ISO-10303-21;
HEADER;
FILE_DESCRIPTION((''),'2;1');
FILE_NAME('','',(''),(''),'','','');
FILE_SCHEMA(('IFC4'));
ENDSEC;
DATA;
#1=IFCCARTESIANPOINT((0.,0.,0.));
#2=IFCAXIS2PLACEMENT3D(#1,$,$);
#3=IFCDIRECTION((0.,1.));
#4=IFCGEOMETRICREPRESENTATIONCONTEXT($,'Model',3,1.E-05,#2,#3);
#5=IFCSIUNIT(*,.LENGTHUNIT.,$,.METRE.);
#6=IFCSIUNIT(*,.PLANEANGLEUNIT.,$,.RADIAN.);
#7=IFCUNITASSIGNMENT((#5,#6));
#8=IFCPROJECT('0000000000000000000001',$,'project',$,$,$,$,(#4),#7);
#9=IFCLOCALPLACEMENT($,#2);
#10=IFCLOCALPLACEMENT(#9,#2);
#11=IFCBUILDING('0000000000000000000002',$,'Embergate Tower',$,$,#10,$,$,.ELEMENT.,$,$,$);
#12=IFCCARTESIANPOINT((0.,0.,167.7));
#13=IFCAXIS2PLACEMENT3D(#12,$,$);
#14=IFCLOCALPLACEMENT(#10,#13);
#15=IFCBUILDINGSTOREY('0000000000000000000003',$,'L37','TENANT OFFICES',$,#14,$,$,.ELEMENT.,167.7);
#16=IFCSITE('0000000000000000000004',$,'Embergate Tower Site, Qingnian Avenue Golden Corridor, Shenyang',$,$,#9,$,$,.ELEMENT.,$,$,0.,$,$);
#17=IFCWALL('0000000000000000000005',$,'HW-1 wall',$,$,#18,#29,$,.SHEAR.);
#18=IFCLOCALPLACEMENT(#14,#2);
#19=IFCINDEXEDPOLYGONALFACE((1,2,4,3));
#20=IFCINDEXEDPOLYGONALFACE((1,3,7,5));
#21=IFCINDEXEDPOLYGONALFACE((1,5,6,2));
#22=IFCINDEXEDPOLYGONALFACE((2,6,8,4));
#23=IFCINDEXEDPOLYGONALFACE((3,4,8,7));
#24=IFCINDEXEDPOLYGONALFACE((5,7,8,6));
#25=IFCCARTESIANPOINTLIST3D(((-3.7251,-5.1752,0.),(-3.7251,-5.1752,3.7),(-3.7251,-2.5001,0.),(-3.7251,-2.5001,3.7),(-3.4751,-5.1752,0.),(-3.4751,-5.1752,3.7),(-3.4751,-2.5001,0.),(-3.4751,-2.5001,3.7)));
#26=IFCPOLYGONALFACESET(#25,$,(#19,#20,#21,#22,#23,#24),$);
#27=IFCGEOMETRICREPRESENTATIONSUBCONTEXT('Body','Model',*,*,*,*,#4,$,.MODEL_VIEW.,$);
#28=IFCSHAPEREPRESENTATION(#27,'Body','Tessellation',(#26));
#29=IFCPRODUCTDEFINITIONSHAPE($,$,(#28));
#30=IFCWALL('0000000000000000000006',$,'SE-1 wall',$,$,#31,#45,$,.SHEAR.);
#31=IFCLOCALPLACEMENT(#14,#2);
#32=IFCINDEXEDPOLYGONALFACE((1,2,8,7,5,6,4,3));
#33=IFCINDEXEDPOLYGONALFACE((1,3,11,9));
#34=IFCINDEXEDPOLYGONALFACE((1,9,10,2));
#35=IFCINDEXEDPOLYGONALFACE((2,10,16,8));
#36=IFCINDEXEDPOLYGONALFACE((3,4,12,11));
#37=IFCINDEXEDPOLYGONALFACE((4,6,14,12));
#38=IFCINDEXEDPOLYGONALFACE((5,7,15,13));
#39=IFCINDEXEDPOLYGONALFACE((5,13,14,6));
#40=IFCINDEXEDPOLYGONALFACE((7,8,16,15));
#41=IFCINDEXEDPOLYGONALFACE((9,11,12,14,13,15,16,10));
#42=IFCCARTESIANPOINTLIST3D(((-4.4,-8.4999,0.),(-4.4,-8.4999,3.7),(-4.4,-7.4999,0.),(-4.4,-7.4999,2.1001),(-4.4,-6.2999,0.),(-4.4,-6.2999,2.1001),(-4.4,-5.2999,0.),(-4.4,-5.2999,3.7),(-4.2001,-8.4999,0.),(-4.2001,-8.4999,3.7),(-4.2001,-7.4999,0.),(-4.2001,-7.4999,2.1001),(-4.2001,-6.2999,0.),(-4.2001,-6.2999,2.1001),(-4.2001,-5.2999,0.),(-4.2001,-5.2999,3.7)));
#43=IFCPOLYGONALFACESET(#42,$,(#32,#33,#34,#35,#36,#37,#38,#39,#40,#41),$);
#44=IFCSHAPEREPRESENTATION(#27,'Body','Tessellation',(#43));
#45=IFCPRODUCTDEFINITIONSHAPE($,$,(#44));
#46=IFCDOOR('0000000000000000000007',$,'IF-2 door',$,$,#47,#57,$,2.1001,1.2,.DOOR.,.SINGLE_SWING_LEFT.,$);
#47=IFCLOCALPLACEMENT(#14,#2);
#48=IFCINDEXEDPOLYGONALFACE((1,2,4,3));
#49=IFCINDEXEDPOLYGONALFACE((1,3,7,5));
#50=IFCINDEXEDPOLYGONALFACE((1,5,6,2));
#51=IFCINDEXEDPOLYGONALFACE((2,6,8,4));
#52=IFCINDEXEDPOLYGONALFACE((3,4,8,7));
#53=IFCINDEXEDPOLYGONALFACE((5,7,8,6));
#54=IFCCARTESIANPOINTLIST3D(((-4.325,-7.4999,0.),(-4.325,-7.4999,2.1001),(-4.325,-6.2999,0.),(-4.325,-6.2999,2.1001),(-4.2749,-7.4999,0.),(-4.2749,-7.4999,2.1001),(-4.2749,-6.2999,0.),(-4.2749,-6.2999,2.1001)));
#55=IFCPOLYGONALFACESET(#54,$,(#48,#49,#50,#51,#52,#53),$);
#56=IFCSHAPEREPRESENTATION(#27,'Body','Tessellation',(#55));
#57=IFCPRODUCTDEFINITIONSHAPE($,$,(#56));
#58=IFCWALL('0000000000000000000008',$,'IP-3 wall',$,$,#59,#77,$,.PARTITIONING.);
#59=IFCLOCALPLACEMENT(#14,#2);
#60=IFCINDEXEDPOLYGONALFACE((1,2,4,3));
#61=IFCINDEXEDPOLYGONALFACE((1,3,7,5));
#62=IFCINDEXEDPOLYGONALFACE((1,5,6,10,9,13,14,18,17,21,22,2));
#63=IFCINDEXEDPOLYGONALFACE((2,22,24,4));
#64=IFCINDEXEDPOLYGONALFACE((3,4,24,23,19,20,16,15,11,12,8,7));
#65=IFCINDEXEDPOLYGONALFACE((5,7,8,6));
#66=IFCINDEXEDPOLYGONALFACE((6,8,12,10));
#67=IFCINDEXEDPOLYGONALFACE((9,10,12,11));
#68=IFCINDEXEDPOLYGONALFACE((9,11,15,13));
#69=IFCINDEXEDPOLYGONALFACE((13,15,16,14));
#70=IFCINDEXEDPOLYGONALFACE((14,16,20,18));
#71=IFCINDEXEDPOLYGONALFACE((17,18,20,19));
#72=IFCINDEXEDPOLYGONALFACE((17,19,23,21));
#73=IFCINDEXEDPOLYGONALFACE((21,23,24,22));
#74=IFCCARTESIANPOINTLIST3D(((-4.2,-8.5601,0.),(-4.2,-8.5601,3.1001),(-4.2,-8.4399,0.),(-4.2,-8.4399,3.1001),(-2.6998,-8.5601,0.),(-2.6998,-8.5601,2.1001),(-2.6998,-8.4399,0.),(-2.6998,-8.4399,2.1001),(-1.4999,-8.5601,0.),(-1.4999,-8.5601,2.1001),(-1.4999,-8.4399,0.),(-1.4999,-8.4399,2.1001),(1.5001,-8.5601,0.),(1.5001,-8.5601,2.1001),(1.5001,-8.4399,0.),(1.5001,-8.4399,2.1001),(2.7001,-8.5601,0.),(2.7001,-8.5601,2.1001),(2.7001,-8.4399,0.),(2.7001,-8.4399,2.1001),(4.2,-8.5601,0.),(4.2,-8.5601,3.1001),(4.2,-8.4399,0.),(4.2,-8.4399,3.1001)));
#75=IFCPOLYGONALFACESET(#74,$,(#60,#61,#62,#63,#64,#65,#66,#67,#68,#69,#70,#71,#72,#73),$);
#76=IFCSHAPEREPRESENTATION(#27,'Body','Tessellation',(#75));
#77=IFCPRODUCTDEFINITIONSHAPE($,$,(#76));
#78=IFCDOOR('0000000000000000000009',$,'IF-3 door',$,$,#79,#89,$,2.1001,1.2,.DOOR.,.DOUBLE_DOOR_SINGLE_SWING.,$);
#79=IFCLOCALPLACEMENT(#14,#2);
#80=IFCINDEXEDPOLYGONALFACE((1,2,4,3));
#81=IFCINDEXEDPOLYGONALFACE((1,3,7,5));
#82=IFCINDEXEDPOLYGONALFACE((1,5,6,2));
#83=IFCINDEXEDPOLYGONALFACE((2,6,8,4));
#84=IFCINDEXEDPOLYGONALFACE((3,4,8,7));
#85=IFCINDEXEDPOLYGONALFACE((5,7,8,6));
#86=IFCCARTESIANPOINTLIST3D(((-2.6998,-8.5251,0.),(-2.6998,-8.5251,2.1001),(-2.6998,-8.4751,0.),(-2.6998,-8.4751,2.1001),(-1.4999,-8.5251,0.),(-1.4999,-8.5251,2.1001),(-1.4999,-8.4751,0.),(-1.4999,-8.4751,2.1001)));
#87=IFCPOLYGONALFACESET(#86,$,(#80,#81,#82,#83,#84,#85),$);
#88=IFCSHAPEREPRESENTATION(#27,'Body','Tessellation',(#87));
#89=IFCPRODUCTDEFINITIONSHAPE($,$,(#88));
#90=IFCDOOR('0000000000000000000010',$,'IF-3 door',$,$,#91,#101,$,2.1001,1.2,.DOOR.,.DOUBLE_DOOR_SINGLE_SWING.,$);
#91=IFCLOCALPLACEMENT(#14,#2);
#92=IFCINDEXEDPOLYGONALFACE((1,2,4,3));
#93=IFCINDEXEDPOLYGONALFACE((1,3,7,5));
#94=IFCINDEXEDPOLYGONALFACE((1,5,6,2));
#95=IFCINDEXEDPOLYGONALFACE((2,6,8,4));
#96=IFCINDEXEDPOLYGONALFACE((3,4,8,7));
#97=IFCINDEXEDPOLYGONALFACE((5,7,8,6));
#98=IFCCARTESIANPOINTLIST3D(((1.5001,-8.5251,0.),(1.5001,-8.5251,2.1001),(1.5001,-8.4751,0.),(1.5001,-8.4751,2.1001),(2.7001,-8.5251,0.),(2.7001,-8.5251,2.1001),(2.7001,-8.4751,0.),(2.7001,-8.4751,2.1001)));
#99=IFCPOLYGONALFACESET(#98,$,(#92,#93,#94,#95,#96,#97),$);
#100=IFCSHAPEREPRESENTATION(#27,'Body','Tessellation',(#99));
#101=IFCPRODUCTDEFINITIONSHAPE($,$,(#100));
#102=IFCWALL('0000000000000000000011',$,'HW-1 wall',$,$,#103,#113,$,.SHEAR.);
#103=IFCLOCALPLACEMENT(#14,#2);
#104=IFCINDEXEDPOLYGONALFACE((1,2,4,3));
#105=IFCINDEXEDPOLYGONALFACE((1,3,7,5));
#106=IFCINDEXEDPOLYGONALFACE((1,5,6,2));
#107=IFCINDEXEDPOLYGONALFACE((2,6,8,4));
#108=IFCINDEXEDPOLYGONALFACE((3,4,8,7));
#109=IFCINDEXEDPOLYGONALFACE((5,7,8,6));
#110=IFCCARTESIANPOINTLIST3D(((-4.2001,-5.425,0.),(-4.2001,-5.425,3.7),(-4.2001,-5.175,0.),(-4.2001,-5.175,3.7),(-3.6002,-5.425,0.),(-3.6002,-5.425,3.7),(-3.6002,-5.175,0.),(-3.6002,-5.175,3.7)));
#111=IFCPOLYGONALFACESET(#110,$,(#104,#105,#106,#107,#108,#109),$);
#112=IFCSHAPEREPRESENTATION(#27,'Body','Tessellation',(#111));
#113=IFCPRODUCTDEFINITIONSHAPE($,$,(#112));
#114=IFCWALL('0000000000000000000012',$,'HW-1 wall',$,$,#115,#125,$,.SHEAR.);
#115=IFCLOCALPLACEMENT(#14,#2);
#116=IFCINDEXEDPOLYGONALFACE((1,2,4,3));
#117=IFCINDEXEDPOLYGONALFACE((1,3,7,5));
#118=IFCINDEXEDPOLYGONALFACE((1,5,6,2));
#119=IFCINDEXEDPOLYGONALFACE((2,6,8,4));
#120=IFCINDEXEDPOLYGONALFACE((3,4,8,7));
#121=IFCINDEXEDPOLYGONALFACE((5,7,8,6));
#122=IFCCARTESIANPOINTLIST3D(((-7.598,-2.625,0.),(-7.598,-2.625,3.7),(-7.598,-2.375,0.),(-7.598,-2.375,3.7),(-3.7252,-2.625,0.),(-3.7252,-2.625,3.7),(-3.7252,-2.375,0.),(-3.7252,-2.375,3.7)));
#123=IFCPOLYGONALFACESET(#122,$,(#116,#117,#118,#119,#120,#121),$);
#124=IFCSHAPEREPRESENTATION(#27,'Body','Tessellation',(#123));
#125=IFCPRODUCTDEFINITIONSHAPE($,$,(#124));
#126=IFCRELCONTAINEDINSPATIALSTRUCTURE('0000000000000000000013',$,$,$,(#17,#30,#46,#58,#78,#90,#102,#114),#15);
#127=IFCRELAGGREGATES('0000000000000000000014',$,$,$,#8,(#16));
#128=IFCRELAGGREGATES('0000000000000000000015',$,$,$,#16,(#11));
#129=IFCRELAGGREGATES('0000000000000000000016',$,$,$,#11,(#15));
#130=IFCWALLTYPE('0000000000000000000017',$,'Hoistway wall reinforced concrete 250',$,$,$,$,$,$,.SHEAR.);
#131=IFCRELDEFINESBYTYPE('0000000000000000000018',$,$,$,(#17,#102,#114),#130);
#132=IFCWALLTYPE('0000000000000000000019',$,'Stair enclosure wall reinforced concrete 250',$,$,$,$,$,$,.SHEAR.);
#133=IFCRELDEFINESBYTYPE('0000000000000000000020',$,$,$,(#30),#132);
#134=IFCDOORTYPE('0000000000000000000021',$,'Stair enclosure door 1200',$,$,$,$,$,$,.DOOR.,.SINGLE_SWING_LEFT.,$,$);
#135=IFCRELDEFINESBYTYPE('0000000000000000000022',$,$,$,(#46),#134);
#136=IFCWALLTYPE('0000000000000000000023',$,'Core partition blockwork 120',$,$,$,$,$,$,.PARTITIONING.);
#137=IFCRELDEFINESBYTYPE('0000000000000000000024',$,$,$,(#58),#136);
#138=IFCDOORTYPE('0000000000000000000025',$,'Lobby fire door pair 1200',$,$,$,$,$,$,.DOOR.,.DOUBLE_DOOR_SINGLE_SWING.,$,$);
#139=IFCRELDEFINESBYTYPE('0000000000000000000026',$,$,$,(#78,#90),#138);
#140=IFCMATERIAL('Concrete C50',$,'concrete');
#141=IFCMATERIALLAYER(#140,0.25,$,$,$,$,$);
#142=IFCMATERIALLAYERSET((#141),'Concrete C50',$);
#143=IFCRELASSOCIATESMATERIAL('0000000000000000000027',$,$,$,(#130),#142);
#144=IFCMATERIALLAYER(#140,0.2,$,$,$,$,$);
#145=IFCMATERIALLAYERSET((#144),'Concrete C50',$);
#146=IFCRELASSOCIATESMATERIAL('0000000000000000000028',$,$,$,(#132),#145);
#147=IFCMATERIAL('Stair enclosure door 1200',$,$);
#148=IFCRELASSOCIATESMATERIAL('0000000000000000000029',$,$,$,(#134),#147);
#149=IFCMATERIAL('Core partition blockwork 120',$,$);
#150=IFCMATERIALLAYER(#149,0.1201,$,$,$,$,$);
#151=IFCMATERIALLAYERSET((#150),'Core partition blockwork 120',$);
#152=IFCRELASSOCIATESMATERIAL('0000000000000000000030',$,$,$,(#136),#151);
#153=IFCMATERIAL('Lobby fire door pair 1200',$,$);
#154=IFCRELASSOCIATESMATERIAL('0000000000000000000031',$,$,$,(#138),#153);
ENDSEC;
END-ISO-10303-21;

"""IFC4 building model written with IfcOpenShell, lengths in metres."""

from ifc_helpers import new_model, si_unit, direction, frame, frame_2d, origin, place, context, subcontext, project, spatial, rectangle, extrude, source, transform, mapped, material, layer, layer_set, type_object, element, fill, save


model = new_model("IFC4")

# Units and contexts
model_context = context("Model", 3, precision=1e-05, world=origin(), true_north=direction((0.0, 1.0)))
body_context = subcontext(model_context, "Body", "Model", "MODEL_VIEW")
ifc_project = project(units=[si_unit("LENGTHUNIT", "METRE"), si_unit("PLANEANGLEUNIT", "RADIAN")], contexts=[model_context])

# Site, building, storey
site_placement = place(None, origin())
site = spatial("IfcSite", under=ifc_project, at=site_placement, Name="Embergate Tower Site, Qingnian Avenue Golden Corridor, Shenyang", CompositionType="ELEMENT", RefElevation=0.0)
building_placement = place(site_placement, origin())
building = spatial("IfcBuilding", under=site, at=building_placement, Name="Embergate Tower", CompositionType="ELEMENT")
storey_placement = place(building_placement, frame((0.0, 0.0, 167.7)))
storey = spatial("IfcBuildingStorey", under=building, at=storey_placement, Name="L37", Description="TENANT OFFICES", CompositionType="ELEMENT", Elevation=167.7)

# Wall
ifc_material_1 = material(Name="Concrete C50", Category="concrete")
ifc_layer_1 = layer(ifc_material_1, 0.25)
ifc_layer_set_1 = layer_set([ifc_layer_1], Name="Concrete C50")
wall_type_1 = type_object("IfcWallType", Name="Hoistway wall reinforced concrete 250", PredefinedType="SHEAR", material=ifc_layer_set_1)
shared_shape_1 = source(origin(), body_context, "Body", "SweptSolid", [
    extrude(rectangle(XDim=2.675, YDim=0.25, at=frame_2d((1.3374, 0.0))), origin(), (0.0, 0.0, 1.0), 3.7),
])
wall_1_placement = place(storey_placement, frame((-3.6001, -5.175, 0.0), z_axis=(0.0, 0.0, 1.0), x_axis=(0.0, 1.0, 0.0)))
element("IfcWall", 1, at=wall_1_placement, inside=storey, type_object=wall_type_1, Name="HW-1 wall", PredefinedType="SHEAR", context=body_context, shape_type="MappedRepresentation", body=[
    mapped(shared_shape_1, transform((0.0, 0.0, 0.0))),
])

# Wall, opening, door
ifc_layer_2 = layer(ifc_material_1, 0.2)
ifc_layer_set_2 = layer_set([ifc_layer_2], Name="Concrete C50")
wall_type_2 = type_object("IfcWallType", Name="Stair enclosure wall reinforced concrete 250", PredefinedType="SHEAR", material=ifc_layer_set_2)
shared_shape_2 = source(origin(), body_context, "Body", "SweptSolid", [
    extrude(rectangle(XDim=3.2, YDim=0.2, at=frame_2d((1.6001, 0.0))), origin(), (0.0, 0.0, 1.0), 3.7),
])
wall_2_placement = place(storey_placement, frame((-4.3, -8.5, 0.0), z_axis=(0.0, 0.0, 1.0), x_axis=(0.0, 1.0, 0.0)))
wall_2 = element("IfcWall", 2, at=wall_2_placement, inside=storey, type_object=wall_type_2, Name="SE-1 wall", PredefinedType="SHEAR", context=body_context, shape_type="MappedRepresentation", body=[
    mapped(shared_shape_2, transform((0.0, 0.0, 0.0))),
])
shared_shape_3 = source(origin(), body_context, "Body", "SweptSolid", [
    extrude(rectangle(XDim=1.2, YDim=2.1001, at=frame_2d((0.6001, 1.05))), frame((0.0, 0.1099, 0.0), z_axis=(0.0, -1.0, 0.0), x_axis=(1.0, 0.0, 0.0)), (0.0, 0.0, 1.0), 0.22),
])
opening_1_placement = place(wall_2_placement, frame((1.0, 0.0, 0.0)))
opening_1 = element("IfcOpeningElement", 3, at=opening_1_placement, cuts=wall_2, PredefinedType="OPENING", context=body_context, shape_type="MappedRepresentation", body=[
    mapped(shared_shape_3, transform((0.0, 0.0, 0.0))),
])
ifc_material_2 = material(Name="Stair enclosure door 1200")
door_type_1 = type_object("IfcDoorType", Name="Stair enclosure door 1200", OperationType="SINGLE_SWING_LEFT", PredefinedType="DOOR", material=ifc_material_2)
shared_shape_4 = source(origin(), body_context, "Body", "SweptSolid", [
    extrude(rectangle(XDim=1.2, YDim=2.1001, at=frame_2d((0.6001, 1.05))), frame((0.0, 0.0249, 0.0), z_axis=(0.0, -1.0, 0.0), x_axis=(1.0, 0.0, 0.0)), (0.0, 0.0, 1.0), 0.05),
])
door_1_placement = place(opening_1_placement, origin())
door_1 = element("IfcDoor", 4, at=door_1_placement, inside=storey, type_object=door_type_1, Name="IF-2 door", OperationType="SINGLE_SWING_LEFT", OverallHeight=2.1001, OverallWidth=1.2, PredefinedType="DOOR", context=body_context, shape_type="MappedRepresentation", body=[
    mapped(shared_shape_4, transform((0.0, 0.0, 0.0))),
])
fill(opening_1, door_1)

# Wall, openings, doors
ifc_material_3 = material(Name="Core partition blockwork 120")
ifc_layer_3 = layer(ifc_material_3, 0.1201)
ifc_layer_set_3 = layer_set([ifc_layer_3], Name="Core partition blockwork 120")
wall_type_3 = type_object("IfcWallType", Name="Core partition blockwork 120", PredefinedType="PARTITIONING", material=ifc_layer_set_3)
shared_shape_5 = source(origin(), body_context, "Body", "SweptSolid", [
    extrude(rectangle(XDim=8.3999, YDim=0.1201, at=frame_2d((4.2, 0.0))), origin(), (0.0, 0.0, 1.0), 3.1001),
])
wall_3_placement = place(storey_placement, frame((-4.2, -8.5, 0.0), z_axis=(0.0, 0.0, 1.0), x_axis=(1.0, 0.0, 0.0)))
wall_3 = element("IfcWall", 5, at=wall_3_placement, inside=storey, type_object=wall_type_3, Name="IP-3 wall", PredefinedType="PARTITIONING", context=body_context, shape_type="MappedRepresentation", body=[
    mapped(shared_shape_5, transform((0.0, 0.0, 0.0))),
])
shared_shape_6 = source(origin(), body_context, "Body", "SweptSolid", [
    extrude(rectangle(XDim=1.2, YDim=2.1001, at=frame_2d((0.6001, 1.05))), frame((0.0, 0.0701, 0.0), z_axis=(0.0, -1.0, 0.0), x_axis=(1.0, 0.0, 0.0)), (0.0, 0.0, 1.0), 0.1401),
])
opening_2_placement = place(wall_3_placement, frame((1.5, 0.0, 0.0)))
opening_2 = element("IfcOpeningElement", 6, at=opening_2_placement, cuts=wall_3, PredefinedType="OPENING", context=body_context, shape_type="MappedRepresentation", body=[
    mapped(shared_shape_6, transform((0.0, 0.0, 0.0))),
])
opening_3_placement = place(wall_3_placement, frame((5.7, 0.0, 0.0)))
opening_3 = element("IfcOpeningElement", 7, at=opening_3_placement, cuts=wall_3, PredefinedType="OPENING", context=body_context, shape_type="MappedRepresentation", body=[
    mapped(shared_shape_6, transform((0.0, 0.0, 0.0))),
])
ifc_material_4 = material(Name="Lobby fire door pair 1200")
door_type_2 = type_object("IfcDoorType", Name="Lobby fire door pair 1200", OperationType="DOUBLE_DOOR_SINGLE_SWING", PredefinedType="DOOR", material=ifc_material_4)
door_2_placement = place(opening_2_placement, origin())
door_2 = element("IfcDoor", 8, at=door_2_placement, inside=storey, type_object=door_type_2, Name="IF-3 door", OperationType="DOUBLE_DOOR_SINGLE_SWING", OverallHeight=2.1001, OverallWidth=1.2, PredefinedType="DOOR", context=body_context, shape_type="MappedRepresentation", body=[
    mapped(shared_shape_4, transform((0.0, 0.0, 0.0))),
])
fill(opening_2, door_2)
door_3_placement = place(opening_3_placement, origin())
door_3 = element("IfcDoor", 9, at=door_3_placement, inside=storey, type_object=door_type_2, Name="IF-3 door", OperationType="DOUBLE_DOOR_SINGLE_SWING", OverallHeight=2.1001, OverallWidth=1.2, PredefinedType="DOOR", context=body_context, shape_type="MappedRepresentation", body=[
    mapped(shared_shape_4, transform((0.0, 0.0, 0.0))),
])
fill(opening_3, door_3)

# Walls
shared_shape_7 = source(origin(), body_context, "Body", "SweptSolid", [
    extrude(rectangle(XDim=0.5999, YDim=0.25, at=frame_2d((0.2998, 0.0))), origin(), (0.0, 0.0, 1.0), 3.7),
])
wall_4_placement = place(storey_placement, frame((-4.2, -5.3, 0.0), z_axis=(0.0, 0.0, 1.0), x_axis=(1.0, 0.0, 0.0)))
element("IfcWall", 10, at=wall_4_placement, inside=storey, type_object=wall_type_1, Name="HW-1 wall", PredefinedType="SHEAR", context=body_context, shape_type="MappedRepresentation", body=[
    mapped(shared_shape_7, transform((0.0, 0.0, 0.0))),
])
shared_shape_8 = source(origin(), body_context, "Body", "SweptSolid", [
    extrude(rectangle(XDim=3.8728, YDim=0.25, at=frame_2d((1.9365, 0.0))), origin(), (0.0, 0.0, 1.0), 3.7),
])
wall_5_placement = place(storey_placement, frame((-3.7251, -2.5, 0.0), z_axis=(0.0, 0.0, 1.0), x_axis=(-1.0, 0.0, 0.0)))
element("IfcWall", 11, at=wall_5_placement, inside=storey, type_object=wall_type_1, Name="HW-1 wall", PredefinedType="SHEAR", context=body_context, shape_type="MappedRepresentation", body=[
    mapped(shared_shape_8, transform((0.0, 0.0, 0.0))),
])

save(model, "model.ifc")
